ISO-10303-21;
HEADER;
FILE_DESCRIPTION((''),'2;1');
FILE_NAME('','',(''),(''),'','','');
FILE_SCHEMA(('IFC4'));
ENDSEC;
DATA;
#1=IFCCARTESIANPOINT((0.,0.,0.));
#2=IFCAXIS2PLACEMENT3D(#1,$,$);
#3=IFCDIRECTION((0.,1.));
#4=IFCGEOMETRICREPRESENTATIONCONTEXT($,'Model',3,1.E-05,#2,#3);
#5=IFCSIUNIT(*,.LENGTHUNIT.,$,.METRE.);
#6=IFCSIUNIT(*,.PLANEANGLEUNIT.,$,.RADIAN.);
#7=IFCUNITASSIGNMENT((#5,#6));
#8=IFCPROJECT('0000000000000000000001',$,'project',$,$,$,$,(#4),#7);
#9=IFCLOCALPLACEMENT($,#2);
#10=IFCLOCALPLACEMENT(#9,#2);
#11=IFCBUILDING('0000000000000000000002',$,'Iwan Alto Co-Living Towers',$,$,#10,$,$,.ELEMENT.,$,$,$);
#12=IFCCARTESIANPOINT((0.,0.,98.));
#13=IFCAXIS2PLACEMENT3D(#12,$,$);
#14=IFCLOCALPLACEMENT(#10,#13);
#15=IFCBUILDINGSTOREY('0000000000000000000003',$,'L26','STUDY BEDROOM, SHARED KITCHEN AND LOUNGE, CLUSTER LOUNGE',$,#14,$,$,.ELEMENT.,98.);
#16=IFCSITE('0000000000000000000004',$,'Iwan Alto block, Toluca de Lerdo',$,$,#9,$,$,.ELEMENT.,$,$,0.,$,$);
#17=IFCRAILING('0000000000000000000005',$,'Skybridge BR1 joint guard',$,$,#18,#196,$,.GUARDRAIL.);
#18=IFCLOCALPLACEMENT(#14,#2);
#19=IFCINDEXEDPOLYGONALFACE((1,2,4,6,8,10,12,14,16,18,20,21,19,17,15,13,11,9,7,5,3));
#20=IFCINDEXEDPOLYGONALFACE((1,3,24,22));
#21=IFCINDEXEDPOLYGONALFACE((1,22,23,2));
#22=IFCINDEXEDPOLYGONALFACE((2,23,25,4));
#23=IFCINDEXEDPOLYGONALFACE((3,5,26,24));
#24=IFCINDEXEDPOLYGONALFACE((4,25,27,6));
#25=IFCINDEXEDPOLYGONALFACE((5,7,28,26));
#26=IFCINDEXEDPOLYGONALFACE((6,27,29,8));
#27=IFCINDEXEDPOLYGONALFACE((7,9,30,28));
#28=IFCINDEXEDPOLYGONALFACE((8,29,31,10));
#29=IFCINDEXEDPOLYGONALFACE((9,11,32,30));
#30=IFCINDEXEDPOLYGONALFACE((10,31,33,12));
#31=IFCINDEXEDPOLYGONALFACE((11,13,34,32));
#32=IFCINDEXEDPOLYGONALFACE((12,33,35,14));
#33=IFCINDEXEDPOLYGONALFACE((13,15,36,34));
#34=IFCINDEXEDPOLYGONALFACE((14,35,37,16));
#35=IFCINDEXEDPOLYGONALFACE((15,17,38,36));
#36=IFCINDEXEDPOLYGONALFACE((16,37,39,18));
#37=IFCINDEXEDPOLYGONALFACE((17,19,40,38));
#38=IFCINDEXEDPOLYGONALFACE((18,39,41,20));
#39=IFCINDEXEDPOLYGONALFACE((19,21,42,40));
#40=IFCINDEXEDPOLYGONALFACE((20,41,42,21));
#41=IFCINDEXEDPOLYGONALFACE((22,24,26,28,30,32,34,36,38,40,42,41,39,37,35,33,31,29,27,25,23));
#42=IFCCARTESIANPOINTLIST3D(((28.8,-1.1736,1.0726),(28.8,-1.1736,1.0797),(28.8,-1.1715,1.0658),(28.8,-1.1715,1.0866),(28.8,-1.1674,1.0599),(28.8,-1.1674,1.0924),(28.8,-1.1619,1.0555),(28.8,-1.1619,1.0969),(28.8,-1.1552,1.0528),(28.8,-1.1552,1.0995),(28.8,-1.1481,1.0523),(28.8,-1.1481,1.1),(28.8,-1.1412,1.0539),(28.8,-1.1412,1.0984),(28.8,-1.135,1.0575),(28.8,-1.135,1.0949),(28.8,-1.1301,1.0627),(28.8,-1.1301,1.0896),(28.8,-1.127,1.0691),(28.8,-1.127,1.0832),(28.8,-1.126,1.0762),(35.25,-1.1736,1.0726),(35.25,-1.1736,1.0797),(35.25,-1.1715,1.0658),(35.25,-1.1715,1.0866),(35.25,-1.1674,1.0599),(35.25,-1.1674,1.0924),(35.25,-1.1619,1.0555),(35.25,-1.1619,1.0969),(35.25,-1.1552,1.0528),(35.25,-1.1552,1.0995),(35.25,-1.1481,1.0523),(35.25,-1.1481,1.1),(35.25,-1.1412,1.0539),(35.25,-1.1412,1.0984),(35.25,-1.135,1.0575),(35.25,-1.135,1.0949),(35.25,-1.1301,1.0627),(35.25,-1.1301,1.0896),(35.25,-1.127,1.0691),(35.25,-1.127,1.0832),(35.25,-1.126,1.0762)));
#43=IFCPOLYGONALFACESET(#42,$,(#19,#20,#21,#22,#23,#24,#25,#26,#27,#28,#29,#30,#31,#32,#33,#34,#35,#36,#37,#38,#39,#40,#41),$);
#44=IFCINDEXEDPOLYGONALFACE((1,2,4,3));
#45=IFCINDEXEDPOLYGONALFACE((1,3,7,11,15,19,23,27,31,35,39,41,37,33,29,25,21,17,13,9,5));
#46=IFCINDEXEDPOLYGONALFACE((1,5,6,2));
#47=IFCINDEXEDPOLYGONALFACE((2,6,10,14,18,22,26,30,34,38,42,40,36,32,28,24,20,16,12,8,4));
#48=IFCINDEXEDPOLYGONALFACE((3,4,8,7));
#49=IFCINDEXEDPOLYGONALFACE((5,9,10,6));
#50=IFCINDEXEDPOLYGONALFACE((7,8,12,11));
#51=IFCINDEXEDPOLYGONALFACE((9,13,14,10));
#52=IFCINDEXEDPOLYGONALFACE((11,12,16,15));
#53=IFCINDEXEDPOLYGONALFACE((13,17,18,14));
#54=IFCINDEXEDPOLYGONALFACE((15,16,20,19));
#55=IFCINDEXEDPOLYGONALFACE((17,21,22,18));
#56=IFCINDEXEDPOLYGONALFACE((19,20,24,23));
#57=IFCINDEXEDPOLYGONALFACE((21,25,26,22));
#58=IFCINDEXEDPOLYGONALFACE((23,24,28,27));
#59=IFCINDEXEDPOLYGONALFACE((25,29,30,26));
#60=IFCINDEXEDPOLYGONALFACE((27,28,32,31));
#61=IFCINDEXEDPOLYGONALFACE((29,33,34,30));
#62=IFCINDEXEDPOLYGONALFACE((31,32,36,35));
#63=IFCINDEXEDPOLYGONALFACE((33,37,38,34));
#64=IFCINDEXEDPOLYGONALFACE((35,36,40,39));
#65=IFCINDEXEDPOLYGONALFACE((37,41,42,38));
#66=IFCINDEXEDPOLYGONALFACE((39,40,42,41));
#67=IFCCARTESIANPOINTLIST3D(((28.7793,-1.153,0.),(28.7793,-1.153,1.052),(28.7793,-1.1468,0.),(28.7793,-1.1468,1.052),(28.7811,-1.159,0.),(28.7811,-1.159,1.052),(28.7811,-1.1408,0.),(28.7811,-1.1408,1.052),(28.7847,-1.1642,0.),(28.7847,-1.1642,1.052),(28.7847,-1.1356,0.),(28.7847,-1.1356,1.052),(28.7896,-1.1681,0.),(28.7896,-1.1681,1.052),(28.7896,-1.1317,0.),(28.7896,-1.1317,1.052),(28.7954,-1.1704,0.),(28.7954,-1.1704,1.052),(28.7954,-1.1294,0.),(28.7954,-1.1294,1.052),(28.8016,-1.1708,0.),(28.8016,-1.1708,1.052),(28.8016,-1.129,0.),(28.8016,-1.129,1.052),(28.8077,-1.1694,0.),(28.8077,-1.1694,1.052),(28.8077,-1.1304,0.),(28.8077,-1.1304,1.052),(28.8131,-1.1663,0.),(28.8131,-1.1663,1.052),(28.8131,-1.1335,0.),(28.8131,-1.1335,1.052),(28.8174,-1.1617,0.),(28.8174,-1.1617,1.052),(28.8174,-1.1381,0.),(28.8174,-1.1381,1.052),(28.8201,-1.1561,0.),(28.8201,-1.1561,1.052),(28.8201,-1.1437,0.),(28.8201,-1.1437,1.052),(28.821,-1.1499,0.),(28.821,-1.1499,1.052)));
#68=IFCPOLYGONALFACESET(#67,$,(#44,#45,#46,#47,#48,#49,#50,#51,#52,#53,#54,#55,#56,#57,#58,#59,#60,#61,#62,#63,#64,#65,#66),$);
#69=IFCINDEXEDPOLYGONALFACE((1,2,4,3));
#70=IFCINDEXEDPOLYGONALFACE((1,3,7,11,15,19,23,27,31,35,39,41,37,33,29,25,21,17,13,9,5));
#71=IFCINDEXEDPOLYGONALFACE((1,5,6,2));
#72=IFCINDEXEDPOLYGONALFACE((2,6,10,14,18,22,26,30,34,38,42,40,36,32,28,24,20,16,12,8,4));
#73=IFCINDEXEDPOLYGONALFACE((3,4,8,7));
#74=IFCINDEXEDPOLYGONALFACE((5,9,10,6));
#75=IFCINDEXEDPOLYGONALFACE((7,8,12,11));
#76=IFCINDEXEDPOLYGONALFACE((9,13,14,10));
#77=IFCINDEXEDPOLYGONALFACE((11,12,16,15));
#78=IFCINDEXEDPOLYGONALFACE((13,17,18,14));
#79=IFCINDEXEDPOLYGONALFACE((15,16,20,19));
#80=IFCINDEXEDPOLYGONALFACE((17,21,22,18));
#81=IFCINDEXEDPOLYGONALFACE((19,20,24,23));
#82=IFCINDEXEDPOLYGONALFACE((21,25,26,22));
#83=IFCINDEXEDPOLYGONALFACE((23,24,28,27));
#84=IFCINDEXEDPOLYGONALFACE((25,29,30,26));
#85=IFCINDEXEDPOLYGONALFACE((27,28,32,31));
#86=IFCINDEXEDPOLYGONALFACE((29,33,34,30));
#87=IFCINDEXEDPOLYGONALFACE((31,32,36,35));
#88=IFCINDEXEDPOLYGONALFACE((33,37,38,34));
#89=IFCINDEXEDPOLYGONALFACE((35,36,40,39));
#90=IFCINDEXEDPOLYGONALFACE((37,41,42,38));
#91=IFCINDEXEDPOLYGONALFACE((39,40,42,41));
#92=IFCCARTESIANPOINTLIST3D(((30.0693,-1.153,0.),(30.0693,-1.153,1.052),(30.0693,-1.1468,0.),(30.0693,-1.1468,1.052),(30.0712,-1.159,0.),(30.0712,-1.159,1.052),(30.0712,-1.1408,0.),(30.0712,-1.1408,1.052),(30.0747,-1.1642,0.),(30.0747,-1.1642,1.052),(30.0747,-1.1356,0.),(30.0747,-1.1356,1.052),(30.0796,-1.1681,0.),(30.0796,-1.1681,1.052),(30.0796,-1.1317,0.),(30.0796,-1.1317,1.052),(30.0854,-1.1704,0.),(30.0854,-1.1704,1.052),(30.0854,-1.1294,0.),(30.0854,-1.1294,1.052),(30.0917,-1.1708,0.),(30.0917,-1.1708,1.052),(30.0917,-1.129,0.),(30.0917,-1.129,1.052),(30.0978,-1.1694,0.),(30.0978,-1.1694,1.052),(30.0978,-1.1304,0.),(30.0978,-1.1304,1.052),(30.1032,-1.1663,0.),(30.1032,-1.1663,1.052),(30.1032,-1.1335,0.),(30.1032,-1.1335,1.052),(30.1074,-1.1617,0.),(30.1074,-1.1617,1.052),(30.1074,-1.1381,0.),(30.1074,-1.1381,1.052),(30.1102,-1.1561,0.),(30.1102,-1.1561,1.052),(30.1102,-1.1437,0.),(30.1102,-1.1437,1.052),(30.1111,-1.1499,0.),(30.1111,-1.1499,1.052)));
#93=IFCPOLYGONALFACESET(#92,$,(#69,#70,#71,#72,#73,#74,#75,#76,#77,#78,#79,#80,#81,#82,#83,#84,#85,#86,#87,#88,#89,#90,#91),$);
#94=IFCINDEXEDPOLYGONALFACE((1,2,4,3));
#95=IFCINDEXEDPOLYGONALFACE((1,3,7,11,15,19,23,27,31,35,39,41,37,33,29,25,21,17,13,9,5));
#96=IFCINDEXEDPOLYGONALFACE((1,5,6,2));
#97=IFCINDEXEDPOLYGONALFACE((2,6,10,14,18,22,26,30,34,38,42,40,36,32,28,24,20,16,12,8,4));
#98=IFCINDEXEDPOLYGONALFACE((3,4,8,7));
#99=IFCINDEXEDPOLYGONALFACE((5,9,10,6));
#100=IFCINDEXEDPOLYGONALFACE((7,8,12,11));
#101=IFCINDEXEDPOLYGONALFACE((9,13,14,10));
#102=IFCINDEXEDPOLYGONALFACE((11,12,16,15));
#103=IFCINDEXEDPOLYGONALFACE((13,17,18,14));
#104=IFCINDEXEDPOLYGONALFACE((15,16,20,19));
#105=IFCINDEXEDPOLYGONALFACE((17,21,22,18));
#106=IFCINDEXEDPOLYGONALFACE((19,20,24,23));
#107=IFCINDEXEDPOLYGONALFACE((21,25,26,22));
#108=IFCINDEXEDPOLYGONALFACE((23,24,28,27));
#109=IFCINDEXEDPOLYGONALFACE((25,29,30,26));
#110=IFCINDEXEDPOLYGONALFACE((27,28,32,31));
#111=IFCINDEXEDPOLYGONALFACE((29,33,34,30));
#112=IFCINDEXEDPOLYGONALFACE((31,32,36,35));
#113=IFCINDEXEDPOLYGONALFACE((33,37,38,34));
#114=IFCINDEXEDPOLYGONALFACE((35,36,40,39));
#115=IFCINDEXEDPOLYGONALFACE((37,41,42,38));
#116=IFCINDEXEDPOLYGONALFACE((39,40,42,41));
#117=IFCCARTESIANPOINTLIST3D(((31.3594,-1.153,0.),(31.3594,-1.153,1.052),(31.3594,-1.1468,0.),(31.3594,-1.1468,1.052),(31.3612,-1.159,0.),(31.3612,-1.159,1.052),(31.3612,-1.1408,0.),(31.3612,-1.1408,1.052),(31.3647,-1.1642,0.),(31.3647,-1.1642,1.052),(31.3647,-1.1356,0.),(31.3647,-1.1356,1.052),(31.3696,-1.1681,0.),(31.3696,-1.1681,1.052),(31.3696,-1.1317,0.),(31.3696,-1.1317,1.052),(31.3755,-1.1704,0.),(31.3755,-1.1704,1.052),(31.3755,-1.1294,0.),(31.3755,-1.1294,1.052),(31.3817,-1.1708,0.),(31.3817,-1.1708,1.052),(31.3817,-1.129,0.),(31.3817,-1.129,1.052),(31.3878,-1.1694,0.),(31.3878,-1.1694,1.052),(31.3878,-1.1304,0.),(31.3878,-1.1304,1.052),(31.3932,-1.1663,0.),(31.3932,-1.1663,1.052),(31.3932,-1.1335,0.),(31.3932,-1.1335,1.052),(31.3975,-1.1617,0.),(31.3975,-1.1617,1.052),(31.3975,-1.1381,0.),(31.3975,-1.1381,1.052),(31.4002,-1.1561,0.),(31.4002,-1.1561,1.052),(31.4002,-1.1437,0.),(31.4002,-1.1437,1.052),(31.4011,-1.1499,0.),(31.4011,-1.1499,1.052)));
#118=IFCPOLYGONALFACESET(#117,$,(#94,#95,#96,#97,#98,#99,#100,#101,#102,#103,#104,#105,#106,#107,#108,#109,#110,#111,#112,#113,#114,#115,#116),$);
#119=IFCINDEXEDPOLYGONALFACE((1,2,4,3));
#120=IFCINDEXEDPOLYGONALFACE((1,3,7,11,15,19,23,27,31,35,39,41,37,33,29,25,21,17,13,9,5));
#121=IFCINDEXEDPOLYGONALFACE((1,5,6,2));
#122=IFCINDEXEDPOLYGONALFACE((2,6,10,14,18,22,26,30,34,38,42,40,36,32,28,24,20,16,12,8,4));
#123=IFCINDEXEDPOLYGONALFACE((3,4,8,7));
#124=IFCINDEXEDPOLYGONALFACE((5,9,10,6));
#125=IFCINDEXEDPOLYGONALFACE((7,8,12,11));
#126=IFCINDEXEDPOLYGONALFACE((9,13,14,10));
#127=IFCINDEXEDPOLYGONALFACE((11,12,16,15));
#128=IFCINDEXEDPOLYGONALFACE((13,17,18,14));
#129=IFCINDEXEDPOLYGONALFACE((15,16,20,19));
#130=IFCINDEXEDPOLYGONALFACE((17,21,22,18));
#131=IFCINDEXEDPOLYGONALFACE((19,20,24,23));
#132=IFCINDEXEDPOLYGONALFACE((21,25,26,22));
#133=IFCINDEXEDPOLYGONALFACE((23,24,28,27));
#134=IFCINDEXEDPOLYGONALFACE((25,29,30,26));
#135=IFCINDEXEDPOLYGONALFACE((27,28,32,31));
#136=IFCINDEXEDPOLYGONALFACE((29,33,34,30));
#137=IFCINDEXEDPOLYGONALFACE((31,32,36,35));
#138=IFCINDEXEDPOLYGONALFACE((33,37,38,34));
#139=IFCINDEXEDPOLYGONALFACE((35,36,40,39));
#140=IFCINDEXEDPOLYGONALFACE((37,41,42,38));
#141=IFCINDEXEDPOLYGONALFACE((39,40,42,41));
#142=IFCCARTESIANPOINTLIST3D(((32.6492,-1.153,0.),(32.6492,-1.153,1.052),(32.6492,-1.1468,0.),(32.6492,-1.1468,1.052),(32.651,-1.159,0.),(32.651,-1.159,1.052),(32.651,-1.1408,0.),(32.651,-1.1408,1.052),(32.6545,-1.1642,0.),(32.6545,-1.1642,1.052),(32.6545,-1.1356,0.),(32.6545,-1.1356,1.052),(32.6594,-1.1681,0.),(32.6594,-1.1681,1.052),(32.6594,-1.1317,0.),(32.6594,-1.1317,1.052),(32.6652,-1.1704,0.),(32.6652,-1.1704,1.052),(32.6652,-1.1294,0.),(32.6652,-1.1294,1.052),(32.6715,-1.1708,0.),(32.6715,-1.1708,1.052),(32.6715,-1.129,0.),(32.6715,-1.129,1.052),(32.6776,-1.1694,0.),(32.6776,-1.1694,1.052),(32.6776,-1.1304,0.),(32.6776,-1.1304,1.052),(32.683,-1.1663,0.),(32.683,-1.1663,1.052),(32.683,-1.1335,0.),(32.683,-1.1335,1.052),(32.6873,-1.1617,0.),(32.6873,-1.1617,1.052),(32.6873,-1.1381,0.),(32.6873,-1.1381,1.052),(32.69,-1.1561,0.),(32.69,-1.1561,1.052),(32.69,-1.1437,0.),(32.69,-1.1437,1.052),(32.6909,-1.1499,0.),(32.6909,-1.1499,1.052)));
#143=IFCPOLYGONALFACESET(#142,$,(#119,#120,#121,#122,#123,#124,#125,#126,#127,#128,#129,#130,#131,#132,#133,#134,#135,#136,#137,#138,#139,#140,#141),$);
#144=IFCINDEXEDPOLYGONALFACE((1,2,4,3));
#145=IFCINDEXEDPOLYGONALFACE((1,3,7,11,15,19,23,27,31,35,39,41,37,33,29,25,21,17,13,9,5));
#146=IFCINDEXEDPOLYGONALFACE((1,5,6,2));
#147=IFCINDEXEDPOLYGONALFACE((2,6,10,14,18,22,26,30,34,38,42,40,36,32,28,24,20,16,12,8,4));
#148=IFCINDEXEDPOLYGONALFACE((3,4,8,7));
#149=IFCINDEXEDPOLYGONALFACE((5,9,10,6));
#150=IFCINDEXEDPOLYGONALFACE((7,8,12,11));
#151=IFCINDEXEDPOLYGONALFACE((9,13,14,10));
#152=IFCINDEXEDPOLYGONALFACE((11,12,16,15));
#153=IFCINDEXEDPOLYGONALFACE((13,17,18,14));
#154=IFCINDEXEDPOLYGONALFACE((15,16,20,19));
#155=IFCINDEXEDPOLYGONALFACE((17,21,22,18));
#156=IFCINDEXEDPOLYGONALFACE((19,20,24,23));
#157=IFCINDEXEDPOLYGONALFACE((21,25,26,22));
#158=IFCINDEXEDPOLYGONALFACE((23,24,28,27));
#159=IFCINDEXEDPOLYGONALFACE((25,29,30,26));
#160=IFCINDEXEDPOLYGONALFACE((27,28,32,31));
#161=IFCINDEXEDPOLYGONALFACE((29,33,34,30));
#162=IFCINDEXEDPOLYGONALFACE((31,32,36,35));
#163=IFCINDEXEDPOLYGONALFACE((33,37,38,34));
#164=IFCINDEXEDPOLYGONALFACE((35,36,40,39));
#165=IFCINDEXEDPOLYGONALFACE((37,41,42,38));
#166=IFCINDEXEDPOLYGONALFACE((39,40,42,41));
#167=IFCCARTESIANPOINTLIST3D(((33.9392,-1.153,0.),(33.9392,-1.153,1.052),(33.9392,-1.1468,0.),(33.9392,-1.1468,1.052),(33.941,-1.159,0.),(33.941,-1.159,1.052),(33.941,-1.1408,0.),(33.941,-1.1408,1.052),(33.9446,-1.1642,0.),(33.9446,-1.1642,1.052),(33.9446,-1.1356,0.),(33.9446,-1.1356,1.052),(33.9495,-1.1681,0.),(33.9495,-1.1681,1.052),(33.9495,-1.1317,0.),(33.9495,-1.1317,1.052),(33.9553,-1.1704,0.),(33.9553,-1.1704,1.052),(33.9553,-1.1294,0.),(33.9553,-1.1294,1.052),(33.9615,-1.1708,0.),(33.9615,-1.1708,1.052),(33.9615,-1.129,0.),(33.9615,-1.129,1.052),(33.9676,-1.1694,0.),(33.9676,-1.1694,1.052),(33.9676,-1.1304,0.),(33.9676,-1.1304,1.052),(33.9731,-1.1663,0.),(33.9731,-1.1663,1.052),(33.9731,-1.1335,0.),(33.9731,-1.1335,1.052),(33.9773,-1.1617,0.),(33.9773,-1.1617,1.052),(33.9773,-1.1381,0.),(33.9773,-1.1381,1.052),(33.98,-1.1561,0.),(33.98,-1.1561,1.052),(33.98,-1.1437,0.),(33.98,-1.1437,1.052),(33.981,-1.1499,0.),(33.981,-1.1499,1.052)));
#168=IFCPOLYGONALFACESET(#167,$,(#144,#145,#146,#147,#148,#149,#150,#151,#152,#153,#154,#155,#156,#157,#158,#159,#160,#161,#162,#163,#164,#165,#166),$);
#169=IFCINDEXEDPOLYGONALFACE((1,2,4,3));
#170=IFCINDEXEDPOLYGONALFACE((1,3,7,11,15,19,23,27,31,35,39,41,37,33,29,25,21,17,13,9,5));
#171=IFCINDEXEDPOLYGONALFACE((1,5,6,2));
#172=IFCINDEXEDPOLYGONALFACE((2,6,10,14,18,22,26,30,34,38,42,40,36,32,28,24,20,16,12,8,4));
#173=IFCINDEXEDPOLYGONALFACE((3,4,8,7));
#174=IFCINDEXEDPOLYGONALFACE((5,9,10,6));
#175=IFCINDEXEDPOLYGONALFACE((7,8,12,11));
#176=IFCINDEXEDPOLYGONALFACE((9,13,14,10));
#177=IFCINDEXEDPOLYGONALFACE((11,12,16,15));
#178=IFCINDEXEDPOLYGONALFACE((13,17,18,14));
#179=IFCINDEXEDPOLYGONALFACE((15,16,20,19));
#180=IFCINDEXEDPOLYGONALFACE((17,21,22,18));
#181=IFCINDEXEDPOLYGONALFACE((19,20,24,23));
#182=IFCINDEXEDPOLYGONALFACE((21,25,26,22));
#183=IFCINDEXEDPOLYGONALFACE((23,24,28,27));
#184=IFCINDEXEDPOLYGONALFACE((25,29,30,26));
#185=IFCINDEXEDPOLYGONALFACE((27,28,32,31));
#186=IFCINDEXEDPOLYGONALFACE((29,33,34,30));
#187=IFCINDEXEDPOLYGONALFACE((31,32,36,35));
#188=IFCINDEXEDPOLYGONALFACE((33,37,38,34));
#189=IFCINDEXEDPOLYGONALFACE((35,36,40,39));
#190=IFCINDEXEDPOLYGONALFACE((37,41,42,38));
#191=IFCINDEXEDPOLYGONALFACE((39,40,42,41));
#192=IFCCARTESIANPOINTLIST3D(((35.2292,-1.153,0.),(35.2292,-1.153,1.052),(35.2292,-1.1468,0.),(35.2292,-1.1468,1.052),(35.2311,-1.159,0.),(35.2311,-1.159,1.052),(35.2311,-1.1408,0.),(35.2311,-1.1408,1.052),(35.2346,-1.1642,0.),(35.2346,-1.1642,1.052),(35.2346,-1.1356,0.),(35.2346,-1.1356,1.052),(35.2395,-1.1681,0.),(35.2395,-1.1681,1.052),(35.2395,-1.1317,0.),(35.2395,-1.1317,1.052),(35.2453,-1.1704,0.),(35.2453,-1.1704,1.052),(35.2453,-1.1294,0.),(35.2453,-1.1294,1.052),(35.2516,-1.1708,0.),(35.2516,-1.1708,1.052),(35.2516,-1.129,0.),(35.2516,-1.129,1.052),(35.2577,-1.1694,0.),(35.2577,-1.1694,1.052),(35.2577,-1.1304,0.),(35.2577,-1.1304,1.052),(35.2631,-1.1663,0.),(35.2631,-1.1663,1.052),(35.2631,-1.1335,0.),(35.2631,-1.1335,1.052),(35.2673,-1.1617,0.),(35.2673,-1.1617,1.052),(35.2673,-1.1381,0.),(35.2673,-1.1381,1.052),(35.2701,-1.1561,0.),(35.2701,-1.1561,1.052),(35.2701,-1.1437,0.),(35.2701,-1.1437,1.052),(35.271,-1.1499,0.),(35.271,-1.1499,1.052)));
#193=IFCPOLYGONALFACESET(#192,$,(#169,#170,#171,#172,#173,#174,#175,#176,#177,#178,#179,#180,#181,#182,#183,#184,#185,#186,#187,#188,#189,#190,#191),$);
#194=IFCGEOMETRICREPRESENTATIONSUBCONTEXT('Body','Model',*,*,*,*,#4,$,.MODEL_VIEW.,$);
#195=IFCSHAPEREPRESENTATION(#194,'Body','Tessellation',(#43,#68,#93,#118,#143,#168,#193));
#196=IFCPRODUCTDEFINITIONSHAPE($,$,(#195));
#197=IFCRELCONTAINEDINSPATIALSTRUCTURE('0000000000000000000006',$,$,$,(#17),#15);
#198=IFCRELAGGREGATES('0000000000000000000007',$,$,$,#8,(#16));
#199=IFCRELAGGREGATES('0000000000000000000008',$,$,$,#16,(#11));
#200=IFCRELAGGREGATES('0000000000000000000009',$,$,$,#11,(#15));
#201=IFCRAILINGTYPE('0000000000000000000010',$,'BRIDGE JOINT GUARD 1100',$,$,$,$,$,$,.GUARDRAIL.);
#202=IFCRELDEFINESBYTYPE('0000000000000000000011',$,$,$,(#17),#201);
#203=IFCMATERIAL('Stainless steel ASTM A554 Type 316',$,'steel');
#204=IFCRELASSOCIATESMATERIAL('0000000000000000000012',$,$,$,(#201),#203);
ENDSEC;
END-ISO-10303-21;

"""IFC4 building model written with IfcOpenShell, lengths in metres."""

from ifc_helpers import new_model, si_unit, direction, frame, origin, origin_2d, place, context, subcontext, project, spatial, circle, extrude, material, type_object, element, save


model = new_model("IFC4")

# Units and contexts
model_context = context("Model", 3, precision=1e-05, world=origin(), true_north=direction((0.0, 1.0)))
body_context = subcontext(model_context, "Body", "Model", "MODEL_VIEW")
ifc_project = project(units=[si_unit("LENGTHUNIT", "METRE"), si_unit("PLANEANGLEUNIT", "RADIAN")], contexts=[model_context])

# Site, building, storey
site_placement = place(None, origin())
site = spatial("IfcSite", under=ifc_project, at=site_placement, Name="Iwan Alto block, Toluca de Lerdo", CompositionType="ELEMENT", RefElevation=0.0)
building_placement = place(site_placement, origin())
building = spatial("IfcBuilding", under=site, at=building_placement, Name="Iwan Alto Co-Living Towers", CompositionType="ELEMENT")
storey_placement = place(building_placement, frame((0.0, 0.0, 98.0)))
storey = spatial("IfcBuildingStorey", under=building, at=storey_placement, Name="L26", Description="STUDY BEDROOM, SHARED KITCHEN AND LOUNGE, CLUSTER LOUNGE", CompositionType="ELEMENT", Elevation=98.0)

# Railing
ifc_material_1 = material(Name="Stainless steel ASTM A554 Type 316", Category="steel")
railing_type = type_object("IfcRailingType", Name="BRIDGE JOINT GUARD 1100", PredefinedType="GUARDRAIL", material=ifc_material_1)
railing_1_placement = place(storey_placement, frame((28.8, -1.1499, 0.0)))
element("IfcRailing", 1, at=railing_1_placement, inside=storey, type_object=railing_type, Name="Skybridge BR1 joint guard", PredefinedType="GUARDRAIL", context=body_context, shape_type="SweptSolid", body=[
    extrude(circle(Radius=0.0239, at=origin_2d()), frame((0.0, 0.0, 1.0762), z_axis=(1.0, 0.0, 0.0), x_axis=(0.0, 1.0, 0.0)), (0.0, 0.0, 1.0), 6.45),
    extrude(circle(Radius=0.021, at=origin_2d()), origin(), (0.0, 0.0, 1.0), 1.052),
    extrude(circle(Radius=0.021, at=origin_2d()), frame((1.29, 0.0, 0.0)), (0.0, 0.0, 1.0), 1.052),
    extrude(circle(Radius=0.021, at=origin_2d()), frame((2.5801, 0.0, 0.0)), (0.0, 0.0, 1.0), 1.052),
    extrude(circle(Radius=0.021, at=origin_2d()), frame((3.8699, 0.0, 0.0)), (0.0, 0.0, 1.0), 1.052),
    extrude(circle(Radius=0.021, at=origin_2d()), frame((5.1599, 0.0, 0.0)), (0.0, 0.0, 1.0), 1.052),
    extrude(circle(Radius=0.021, at=origin_2d()), frame((6.45, 0.0, 0.0)), (0.0, 0.0, 1.0), 1.052),
])

save(model, "model.ifc")
